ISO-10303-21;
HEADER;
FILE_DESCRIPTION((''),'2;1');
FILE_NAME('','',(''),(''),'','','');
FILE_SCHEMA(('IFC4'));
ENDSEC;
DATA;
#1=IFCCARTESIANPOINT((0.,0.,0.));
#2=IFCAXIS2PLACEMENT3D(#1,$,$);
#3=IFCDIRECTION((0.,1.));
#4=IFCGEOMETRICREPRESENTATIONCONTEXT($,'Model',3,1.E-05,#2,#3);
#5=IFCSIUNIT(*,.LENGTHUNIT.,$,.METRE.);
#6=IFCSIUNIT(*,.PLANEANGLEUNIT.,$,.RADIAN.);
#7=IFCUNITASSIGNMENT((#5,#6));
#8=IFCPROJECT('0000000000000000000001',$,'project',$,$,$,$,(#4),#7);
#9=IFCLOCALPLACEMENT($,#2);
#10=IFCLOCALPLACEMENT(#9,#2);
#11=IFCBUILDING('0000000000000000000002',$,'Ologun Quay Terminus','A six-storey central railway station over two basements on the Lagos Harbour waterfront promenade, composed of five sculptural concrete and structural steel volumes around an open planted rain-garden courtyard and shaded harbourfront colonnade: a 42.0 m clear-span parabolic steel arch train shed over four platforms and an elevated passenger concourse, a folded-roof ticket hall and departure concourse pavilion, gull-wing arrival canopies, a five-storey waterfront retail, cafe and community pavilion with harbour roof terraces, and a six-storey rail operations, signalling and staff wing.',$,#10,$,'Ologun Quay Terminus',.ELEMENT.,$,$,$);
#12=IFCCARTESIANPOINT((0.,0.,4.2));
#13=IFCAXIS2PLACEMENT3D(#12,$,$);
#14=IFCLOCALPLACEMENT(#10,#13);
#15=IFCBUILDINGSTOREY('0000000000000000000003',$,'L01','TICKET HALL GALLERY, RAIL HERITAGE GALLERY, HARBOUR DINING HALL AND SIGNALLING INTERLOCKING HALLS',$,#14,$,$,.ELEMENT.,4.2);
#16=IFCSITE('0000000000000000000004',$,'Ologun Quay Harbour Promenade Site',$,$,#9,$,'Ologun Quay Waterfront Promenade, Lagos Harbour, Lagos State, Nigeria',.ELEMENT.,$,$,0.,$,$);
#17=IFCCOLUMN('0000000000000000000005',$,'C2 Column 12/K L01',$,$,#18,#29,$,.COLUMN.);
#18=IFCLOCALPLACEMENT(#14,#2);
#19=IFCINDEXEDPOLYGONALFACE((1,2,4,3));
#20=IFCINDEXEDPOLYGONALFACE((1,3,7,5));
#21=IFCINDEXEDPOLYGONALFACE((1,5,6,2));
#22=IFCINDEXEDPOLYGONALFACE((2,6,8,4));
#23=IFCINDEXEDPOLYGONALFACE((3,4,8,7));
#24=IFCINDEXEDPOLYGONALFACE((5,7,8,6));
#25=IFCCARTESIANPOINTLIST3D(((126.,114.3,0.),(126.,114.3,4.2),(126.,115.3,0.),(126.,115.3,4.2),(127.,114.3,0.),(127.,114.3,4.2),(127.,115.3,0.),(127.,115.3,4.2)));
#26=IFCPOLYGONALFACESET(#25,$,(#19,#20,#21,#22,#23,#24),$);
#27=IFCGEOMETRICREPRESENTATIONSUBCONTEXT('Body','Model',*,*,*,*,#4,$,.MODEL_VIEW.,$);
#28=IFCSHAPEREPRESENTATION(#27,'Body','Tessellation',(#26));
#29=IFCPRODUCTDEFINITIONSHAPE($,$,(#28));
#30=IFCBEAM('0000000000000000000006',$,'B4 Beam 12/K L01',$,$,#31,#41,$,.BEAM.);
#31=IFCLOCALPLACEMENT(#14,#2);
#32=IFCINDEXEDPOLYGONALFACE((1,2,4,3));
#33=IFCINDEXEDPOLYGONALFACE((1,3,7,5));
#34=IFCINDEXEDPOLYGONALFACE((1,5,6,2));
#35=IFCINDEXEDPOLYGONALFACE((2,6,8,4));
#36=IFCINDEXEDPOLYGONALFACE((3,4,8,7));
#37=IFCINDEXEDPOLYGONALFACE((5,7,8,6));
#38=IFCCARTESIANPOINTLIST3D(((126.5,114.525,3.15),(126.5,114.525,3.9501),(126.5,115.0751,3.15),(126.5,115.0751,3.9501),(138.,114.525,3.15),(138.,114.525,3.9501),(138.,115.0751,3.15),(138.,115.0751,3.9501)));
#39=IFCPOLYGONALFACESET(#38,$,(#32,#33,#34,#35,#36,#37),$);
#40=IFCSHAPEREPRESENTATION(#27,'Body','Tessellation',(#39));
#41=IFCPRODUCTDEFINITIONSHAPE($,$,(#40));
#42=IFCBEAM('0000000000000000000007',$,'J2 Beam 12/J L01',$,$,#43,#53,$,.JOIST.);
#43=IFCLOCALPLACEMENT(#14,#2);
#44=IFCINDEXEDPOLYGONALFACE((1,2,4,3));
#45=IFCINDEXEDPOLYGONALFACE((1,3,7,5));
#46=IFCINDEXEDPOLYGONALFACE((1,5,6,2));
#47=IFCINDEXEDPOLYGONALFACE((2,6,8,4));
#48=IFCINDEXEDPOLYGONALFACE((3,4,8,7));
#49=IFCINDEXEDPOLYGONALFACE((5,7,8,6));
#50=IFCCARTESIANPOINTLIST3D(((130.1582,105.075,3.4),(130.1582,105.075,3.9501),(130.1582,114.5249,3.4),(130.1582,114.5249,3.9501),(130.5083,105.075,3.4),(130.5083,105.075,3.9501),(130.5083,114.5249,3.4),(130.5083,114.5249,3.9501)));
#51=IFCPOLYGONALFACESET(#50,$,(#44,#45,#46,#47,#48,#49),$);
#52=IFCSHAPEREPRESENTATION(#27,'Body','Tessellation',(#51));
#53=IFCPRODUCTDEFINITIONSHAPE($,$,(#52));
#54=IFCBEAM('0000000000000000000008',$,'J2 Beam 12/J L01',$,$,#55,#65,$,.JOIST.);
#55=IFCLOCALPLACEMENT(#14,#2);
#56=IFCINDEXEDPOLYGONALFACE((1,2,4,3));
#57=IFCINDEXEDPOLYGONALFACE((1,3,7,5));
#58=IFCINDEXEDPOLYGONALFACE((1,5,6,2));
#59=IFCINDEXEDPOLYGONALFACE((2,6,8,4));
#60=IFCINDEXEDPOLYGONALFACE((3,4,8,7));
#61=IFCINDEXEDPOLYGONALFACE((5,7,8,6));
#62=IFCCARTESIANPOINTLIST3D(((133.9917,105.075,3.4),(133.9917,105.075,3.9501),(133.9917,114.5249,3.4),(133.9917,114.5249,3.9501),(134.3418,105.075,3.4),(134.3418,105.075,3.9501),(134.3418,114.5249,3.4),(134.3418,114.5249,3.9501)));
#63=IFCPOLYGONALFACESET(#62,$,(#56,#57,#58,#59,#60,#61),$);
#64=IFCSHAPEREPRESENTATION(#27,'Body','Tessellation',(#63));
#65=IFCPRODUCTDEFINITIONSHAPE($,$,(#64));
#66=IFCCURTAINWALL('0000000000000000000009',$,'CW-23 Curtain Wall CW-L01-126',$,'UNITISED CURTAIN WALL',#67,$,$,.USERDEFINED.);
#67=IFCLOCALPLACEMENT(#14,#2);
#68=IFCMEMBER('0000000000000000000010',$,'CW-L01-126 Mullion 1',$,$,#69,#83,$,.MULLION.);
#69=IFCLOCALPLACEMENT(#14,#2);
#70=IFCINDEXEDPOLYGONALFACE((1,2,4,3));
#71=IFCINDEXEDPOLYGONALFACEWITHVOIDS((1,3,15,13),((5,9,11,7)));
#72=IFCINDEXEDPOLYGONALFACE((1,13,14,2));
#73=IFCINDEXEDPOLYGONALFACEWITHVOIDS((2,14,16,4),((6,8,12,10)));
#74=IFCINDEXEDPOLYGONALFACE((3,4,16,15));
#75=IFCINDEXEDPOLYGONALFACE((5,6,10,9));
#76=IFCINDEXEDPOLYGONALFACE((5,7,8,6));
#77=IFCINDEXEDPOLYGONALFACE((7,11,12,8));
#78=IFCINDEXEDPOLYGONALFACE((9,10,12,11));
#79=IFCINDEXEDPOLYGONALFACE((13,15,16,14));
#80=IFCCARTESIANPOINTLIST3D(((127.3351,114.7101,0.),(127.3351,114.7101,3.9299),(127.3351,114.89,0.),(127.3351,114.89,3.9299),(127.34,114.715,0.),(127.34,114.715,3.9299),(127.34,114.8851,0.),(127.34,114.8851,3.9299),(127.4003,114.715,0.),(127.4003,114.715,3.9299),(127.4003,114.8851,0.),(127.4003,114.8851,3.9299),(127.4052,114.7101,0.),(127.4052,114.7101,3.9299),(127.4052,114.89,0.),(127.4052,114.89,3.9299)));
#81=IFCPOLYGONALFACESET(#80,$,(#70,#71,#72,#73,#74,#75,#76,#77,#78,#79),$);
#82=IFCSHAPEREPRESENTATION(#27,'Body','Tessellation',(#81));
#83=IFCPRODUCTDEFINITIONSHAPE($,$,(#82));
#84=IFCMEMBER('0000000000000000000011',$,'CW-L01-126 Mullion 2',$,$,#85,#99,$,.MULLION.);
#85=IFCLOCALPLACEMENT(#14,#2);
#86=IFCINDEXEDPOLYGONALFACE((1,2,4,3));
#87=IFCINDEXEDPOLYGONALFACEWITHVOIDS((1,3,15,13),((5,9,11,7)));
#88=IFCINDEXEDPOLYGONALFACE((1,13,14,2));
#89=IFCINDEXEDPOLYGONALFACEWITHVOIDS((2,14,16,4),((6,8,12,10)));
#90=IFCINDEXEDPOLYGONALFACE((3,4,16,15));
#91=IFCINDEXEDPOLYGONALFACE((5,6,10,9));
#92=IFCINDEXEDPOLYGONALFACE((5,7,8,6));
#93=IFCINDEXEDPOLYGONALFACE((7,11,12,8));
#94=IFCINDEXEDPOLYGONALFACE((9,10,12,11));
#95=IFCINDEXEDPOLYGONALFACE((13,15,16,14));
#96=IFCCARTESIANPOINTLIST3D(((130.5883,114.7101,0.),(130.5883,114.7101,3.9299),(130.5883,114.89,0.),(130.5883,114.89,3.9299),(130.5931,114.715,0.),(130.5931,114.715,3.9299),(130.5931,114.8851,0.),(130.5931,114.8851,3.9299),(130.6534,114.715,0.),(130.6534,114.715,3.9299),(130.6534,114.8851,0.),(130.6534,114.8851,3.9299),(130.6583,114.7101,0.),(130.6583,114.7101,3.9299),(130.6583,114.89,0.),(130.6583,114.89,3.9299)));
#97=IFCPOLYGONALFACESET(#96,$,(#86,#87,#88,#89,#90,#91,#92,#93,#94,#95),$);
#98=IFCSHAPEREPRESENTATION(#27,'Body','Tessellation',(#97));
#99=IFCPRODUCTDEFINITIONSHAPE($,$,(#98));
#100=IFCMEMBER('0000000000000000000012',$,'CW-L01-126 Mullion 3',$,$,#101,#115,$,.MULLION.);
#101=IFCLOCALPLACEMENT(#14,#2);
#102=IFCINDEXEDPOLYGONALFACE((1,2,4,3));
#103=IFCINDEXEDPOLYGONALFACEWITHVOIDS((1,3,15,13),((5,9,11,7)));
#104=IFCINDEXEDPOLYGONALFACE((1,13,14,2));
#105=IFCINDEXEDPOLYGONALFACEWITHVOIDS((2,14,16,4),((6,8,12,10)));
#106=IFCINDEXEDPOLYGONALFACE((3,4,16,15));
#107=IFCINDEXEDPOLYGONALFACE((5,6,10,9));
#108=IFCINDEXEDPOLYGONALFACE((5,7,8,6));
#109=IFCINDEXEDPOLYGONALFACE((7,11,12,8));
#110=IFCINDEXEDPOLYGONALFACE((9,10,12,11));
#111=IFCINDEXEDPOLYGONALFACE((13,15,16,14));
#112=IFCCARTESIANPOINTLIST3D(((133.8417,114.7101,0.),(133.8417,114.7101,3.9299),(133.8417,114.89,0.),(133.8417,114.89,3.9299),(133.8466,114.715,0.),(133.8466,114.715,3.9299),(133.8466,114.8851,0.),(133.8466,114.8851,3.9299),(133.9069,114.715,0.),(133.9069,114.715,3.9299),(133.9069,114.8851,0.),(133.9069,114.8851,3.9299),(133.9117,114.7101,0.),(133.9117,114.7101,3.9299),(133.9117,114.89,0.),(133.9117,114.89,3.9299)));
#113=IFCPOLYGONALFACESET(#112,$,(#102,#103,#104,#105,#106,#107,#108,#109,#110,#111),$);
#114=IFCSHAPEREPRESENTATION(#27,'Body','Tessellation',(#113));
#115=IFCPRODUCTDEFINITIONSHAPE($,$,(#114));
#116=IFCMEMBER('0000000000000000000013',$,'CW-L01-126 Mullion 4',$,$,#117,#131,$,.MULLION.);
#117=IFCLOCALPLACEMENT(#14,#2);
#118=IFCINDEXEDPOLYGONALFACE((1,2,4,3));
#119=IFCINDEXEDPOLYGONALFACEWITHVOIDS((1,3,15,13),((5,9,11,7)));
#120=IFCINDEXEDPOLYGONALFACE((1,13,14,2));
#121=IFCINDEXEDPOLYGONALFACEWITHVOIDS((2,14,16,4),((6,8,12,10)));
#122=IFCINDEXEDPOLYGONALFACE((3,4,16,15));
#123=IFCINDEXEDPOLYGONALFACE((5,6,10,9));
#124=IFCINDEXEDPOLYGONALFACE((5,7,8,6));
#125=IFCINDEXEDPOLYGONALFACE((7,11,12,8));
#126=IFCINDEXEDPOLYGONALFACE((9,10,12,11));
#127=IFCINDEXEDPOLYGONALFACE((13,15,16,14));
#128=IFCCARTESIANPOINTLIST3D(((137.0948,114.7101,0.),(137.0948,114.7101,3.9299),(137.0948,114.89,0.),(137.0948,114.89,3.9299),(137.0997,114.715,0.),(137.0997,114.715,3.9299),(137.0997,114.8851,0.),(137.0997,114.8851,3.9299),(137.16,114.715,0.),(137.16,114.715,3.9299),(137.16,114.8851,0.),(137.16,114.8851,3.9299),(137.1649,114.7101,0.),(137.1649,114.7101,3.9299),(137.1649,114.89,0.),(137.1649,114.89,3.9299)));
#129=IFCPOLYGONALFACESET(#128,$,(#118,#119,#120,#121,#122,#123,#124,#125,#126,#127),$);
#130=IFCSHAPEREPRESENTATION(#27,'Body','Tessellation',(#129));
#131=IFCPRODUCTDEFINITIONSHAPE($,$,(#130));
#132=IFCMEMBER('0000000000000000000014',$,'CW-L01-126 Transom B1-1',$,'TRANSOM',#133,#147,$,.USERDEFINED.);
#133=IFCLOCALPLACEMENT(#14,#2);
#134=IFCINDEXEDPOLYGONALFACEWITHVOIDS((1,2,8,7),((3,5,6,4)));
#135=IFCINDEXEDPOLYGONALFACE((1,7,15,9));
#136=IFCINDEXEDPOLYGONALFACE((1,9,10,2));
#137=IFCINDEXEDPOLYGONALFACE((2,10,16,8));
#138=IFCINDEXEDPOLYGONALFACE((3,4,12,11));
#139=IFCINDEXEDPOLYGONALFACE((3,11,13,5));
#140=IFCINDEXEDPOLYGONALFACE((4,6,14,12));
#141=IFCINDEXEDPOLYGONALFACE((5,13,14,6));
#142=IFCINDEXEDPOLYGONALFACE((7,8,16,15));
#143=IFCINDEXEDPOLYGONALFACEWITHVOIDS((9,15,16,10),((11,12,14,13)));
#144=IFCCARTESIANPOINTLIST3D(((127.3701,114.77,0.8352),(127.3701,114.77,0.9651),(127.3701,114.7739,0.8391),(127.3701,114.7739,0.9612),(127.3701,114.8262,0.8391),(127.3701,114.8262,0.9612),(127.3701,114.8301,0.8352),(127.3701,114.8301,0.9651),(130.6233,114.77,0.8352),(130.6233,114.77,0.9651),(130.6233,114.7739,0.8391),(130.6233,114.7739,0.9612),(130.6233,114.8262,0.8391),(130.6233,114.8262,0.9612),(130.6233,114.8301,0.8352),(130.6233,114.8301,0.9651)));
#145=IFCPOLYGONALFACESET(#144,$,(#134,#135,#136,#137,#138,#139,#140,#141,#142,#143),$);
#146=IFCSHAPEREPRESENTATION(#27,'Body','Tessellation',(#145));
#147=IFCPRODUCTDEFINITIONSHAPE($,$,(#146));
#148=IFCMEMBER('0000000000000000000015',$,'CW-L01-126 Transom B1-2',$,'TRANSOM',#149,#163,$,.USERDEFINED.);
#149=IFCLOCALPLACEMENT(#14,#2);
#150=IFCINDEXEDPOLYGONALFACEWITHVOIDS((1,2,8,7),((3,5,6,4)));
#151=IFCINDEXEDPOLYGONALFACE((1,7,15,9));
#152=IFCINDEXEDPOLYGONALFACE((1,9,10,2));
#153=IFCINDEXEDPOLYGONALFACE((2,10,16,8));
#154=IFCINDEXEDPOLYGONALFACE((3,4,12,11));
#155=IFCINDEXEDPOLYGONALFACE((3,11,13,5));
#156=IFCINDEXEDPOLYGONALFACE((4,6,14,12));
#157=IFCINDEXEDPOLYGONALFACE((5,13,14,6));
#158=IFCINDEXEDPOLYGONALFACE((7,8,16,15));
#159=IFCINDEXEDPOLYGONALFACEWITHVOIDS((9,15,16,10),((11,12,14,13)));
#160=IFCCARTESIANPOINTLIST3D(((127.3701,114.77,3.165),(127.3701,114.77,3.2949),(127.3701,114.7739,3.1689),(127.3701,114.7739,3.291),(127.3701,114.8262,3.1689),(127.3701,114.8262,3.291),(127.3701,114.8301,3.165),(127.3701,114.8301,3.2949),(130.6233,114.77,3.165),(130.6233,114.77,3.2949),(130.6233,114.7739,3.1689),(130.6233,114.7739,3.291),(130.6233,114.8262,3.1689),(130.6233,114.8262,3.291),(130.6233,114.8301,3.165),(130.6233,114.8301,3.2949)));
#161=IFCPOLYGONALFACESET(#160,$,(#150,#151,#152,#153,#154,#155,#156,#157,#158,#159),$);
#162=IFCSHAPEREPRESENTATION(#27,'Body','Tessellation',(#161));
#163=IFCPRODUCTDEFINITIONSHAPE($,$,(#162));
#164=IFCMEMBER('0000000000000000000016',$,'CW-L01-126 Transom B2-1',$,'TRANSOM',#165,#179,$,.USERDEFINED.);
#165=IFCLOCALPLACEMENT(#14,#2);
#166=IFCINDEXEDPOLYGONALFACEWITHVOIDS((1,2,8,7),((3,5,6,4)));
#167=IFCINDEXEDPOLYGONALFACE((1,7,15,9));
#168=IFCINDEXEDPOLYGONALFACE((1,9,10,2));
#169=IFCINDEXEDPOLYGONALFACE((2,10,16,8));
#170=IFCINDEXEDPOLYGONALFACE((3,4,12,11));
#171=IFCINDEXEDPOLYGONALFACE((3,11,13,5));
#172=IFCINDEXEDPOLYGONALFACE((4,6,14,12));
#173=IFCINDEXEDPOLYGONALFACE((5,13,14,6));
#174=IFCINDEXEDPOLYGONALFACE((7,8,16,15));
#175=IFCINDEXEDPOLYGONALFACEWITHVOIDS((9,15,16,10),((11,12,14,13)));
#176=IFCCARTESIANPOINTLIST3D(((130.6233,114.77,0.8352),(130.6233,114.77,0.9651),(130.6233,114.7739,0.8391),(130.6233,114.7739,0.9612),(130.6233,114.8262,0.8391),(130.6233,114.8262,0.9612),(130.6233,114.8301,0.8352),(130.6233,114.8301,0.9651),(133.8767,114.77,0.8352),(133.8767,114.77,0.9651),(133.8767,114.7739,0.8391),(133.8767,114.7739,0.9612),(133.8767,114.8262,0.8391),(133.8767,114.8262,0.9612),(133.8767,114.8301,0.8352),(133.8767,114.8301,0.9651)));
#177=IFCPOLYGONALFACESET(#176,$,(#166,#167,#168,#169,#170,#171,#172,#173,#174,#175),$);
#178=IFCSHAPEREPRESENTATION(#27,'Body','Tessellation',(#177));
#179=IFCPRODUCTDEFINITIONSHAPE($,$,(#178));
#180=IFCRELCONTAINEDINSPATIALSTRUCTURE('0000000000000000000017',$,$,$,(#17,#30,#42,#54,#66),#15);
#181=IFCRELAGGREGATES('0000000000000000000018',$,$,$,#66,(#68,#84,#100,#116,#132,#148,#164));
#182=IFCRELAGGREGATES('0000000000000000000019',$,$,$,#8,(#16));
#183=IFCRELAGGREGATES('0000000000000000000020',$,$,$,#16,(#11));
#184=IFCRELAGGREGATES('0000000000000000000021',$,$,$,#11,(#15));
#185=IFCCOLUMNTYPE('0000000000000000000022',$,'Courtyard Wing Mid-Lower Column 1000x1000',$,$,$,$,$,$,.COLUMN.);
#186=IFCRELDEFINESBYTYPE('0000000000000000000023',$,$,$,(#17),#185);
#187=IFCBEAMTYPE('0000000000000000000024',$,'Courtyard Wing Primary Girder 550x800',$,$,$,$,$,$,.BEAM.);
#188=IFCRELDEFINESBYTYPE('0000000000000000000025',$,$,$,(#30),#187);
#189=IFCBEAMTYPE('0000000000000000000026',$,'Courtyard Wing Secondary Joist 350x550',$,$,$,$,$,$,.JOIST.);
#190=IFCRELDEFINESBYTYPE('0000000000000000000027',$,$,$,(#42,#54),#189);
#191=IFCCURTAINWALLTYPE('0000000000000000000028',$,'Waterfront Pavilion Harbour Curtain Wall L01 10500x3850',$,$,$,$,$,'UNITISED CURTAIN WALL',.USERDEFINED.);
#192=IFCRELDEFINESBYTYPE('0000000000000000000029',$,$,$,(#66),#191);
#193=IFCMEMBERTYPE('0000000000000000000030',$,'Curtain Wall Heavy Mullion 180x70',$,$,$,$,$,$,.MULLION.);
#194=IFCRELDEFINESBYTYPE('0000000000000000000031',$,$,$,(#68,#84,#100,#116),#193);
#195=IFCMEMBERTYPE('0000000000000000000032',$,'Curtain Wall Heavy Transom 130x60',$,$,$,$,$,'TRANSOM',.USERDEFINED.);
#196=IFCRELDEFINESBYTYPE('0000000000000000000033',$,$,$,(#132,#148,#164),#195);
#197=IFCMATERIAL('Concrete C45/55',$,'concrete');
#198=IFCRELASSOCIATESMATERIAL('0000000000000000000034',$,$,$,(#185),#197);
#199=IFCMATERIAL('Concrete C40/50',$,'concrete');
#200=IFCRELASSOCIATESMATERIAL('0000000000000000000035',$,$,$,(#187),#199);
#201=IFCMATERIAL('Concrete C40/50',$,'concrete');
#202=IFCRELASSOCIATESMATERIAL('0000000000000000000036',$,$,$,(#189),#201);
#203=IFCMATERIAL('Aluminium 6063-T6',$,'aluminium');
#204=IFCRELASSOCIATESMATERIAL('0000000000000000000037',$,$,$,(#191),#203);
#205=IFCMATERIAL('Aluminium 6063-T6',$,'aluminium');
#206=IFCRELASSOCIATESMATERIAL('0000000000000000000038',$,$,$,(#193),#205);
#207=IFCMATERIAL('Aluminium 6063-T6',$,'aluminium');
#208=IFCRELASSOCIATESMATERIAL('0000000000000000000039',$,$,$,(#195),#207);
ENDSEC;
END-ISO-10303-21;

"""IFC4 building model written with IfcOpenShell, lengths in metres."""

from ifc_helpers import new_model, si_unit, direction, frame, origin, origin_2d, place, context, subcontext, project, spatial, rectangle, hollow_rectangle, extrude, material, material_profile, profile_set, type_object, element, aggregate, save


model = new_model("IFC4")

# Units and contexts
model_context = context("Model", 3, precision=1e-05, world=origin(), true_north=direction((0.0, 1.0)))
body_context = subcontext(model_context, "Body", "Model", "MODEL_VIEW")
ifc_project = project(units=[si_unit("LENGTHUNIT", "METRE"), si_unit("PLANEANGLEUNIT", "RADIAN")], contexts=[model_context])

# Site, building, storey
site_placement = place(None, origin())
site = spatial("IfcSite", under=ifc_project, at=site_placement, Name="Ologun Quay Harbour Promenade Site", LongName="Ologun Quay Waterfront Promenade, Lagos Harbour, Lagos State, Nigeria", CompositionType="ELEMENT", RefElevation=0.0)
building_placement = place(site_placement, origin())
building = spatial("IfcBuilding", under=site, at=building_placement, Name="Ologun Quay Terminus", Description="A six-storey central railway station over two basements on the Lagos Harbour waterfront promenade, composed of five sculptural concrete and structural steel volumes around an open planted rain-garden courtyard and shaded harbourfront colonnade: a 42.0 m clear-span parabolic steel arch train shed over four platforms and an elevated passenger concourse, a folded-roof ticket hall and departure concourse pavilion, gull-wing arrival canopies, a five-storey waterfront retail, cafe and community pavilion with harbour roof terraces, and a six-storey rail operations, signalling and staff wing.", LongName="Ologun Quay Terminus", CompositionType="ELEMENT")
storey_placement = place(building_placement, frame((0.0, 0.0, 4.2)))
storey = spatial("IfcBuildingStorey", under=building, at=storey_placement, Name="L01", Description="TICKET HALL GALLERY, RAIL HERITAGE GALLERY, HARBOUR DINING HALL AND SIGNALLING INTERLOCKING HALLS", CompositionType="ELEMENT", Elevation=4.2)

# Column
ifc_material_1 = material(Name="Concrete C45/55", Category="concrete")
ifc_material_profile_1 = material_profile(ifc_material_1, rectangle(XDim=1.0, YDim=1.0, at=origin_2d()), Name="RC 1000x1000")
ifc_profile_set_1 = profile_set([ifc_material_profile_1], Name="Concrete C45/55")
column_type = type_object("IfcColumnType", Name="Courtyard Wing Mid-Lower Column 1000x1000", PredefinedType="COLUMN", material=ifc_profile_set_1)
column_placement = place(storey_placement, frame((126.5, 114.8, 0.0), z_axis=(0.0, 0.0, 1.0), x_axis=(1.0, 0.0, 0.0)))
element("IfcColumn", 1, at=column_placement, inside=storey, type_object=column_type, Name="C2 Column 12/K L01", PredefinedType="COLUMN", context=body_context, shape_type="SweptSolid", body=[
    extrude(rectangle(XDim=1.0, YDim=1.0, at=origin_2d()), origin(), (0.0, 0.0, 1.0), 4.2),
])

# Beams
ifc_material_2 = material(Name="Concrete C40/50", Category="concrete")
ifc_material_profile_2 = material_profile(ifc_material_2, rectangle(XDim=0.55, YDim=0.8, at=origin_2d()), Name="RC 550x800")
ifc_profile_set_2 = profile_set([ifc_material_profile_2], Name="Concrete C40/50")
beam_type_1 = type_object("IfcBeamType", Name="Courtyard Wing Primary Girder 550x800", PredefinedType="BEAM", material=ifc_profile_set_2)
beam_placement = place(storey_placement, frame((126.5, 114.8, 3.55), z_axis=(1.0, 0.0, 0.0), x_axis=(0.0, 1.0, 0.0)))
element("IfcBeam", 2, at=beam_placement, inside=storey, type_object=beam_type_1, Name="B4 Beam 12/K L01", PredefinedType="BEAM", context=body_context, shape_type="SweptSolid", body=[
    extrude(rectangle(XDim=0.55, YDim=0.8, at=origin_2d()), origin(), (0.0, 0.0, 1.0), 11.5),
])
ifc_material_3 = material(Name="Concrete C40/50", Category="concrete")
ifc_material_profile_3 = material_profile(ifc_material_3, rectangle(XDim=0.3501, YDim=0.55, at=origin_2d()), Name="RC 350x550")
ifc_profile_set_3 = profile_set([ifc_material_profile_3], Name="Concrete C40/50")
beam_type_2 = type_object("IfcBeamType", Name="Courtyard Wing Secondary Joist 350x550", PredefinedType="JOIST", material=ifc_profile_set_3)
for number, where, z_axis, x_axis, name in (
    (3, (130.3333, 105.075, 3.675), (0.0, 1.0, 0.0), (-1.0, 0.0, 0.0), "J2 Beam 12/J L01"),
    (4, (134.1667, 105.075, 3.675), (0.0, 1.0, 0.0), (-1.0, 0.0, 0.0), "J2 Beam 12/J L01"),
):
    element("IfcBeam", number, at=place(storey_placement, frame(where, z_axis=z_axis, x_axis=x_axis)), inside=storey, type_object=beam_type_2, Name=name, PredefinedType="JOIST", context=body_context, shape_type="SweptSolid", body=[
        extrude(rectangle(XDim=0.3501, YDim=0.55, at=origin_2d()), origin(), (0.0, 0.0, 1.0), 9.45),
    ])

# Curtain wall, members
ifc_material_4 = material(Name="Aluminium 6063-T6", Category="aluminium")
curtain_wall_type = type_object("IfcCurtainWallType", Name="Waterfront Pavilion Harbour Curtain Wall L01 10500x3850", ElementType="UNITISED CURTAIN WALL", PredefinedType="USERDEFINED", material=ifc_material_4)
curtain_wall_placement = place(storey_placement, origin())
curtain_wall = element("IfcCurtainWall", 5, at=curtain_wall_placement, inside=storey, type_object=curtain_wall_type, Name="CW-23 Curtain Wall CW-L01-126", ObjectType="UNITISED CURTAIN WALL", PredefinedType="USERDEFINED")
ifc_material_5 = material(Name="Aluminium 6063-T6", Category="aluminium")
ifc_material_profile_4 = material_profile(ifc_material_5, hollow_rectangle(XDim=0.0701, YDim=0.1799, WallThickness=0.0049, at=origin_2d()), Name="ALU 180x70x5")
ifc_profile_set_4 = profile_set([ifc_material_profile_4], Name="Aluminium 6063-T6")
member_type_1 = type_object("IfcMemberType", Name="Curtain Wall Heavy Mullion 180x70", PredefinedType="MULLION", material=ifc_profile_set_4)
member_1_placement = place(storey_placement, frame((127.3701, 114.8, 0.0), z_axis=(0.0, 0.0, 1.0), x_axis=(1.0, 0.0, 0.0)))
member_1 = element("IfcMember", 6, at=member_1_placement, type_object=member_type_1, Name="CW-L01-126 Mullion 1", PredefinedType="MULLION", context=body_context, shape_type="SweptSolid", body=[
    extrude(hollow_rectangle(XDim=0.0701, YDim=0.1799, WallThickness=0.0049, at=origin_2d()), origin(), (0.0, 0.0, 1.0), 3.9299),
])
member_2_placement = place(storey_placement, frame((130.6233, 114.8, 0.0), z_axis=(0.0, 0.0, 1.0), x_axis=(1.0, 0.0, 0.0)))
member_2 = element("IfcMember", 7, at=member_2_placement, type_object=member_type_1, Name="CW-L01-126 Mullion 2", PredefinedType="MULLION", context=body_context, shape_type="SweptSolid", body=[
    extrude(hollow_rectangle(XDim=0.0701, YDim=0.1799, WallThickness=0.0049, at=origin_2d()), origin(), (0.0, 0.0, 1.0), 3.9299),
])
member_3_placement = place(storey_placement, frame((133.8767, 114.8, 0.0), z_axis=(0.0, 0.0, 1.0), x_axis=(1.0, 0.0, 0.0)))
member_3 = element("IfcMember", 8, at=member_3_placement, type_object=member_type_1, Name="CW-L01-126 Mullion 3", PredefinedType="MULLION", context=body_context, shape_type="SweptSolid", body=[
    extrude(hollow_rectangle(XDim=0.0701, YDim=0.1799, WallThickness=0.0049, at=origin_2d()), origin(), (0.0, 0.0, 1.0), 3.9299),
])
member_4_placement = place(storey_placement, frame((137.1299, 114.8, 0.0), z_axis=(0.0, 0.0, 1.0), x_axis=(1.0, 0.0, 0.0)))
member_4 = element("IfcMember", 9, at=member_4_placement, type_object=member_type_1, Name="CW-L01-126 Mullion 4", PredefinedType="MULLION", context=body_context, shape_type="SweptSolid", body=[
    extrude(hollow_rectangle(XDim=0.0701, YDim=0.1799, WallThickness=0.0049, at=origin_2d()), origin(), (0.0, 0.0, 1.0), 3.9299),
])
ifc_material_6 = material(Name="Aluminium 6063-T6", Category="aluminium")
ifc_material_profile_5 = material_profile(ifc_material_6, hollow_rectangle(XDim=0.0601, YDim=0.1299, WallThickness=0.0039, at=origin_2d()), Name="ALU 130x60x4")
ifc_profile_set_5 = profile_set([ifc_material_profile_5], Name="Aluminium 6063-T6")
member_type_2 = type_object("IfcMemberType", Name="Curtain Wall Heavy Transom 130x60", ElementType="TRANSOM", PredefinedType="USERDEFINED", material=ifc_profile_set_5)
member_5_placement = place(storey_placement, frame((127.3701, 114.8, 0.9001), z_axis=(1.0, 0.0, 0.0), x_axis=(0.0, 1.0, 0.0)))
member_5 = element("IfcMember", 10, at=member_5_placement, type_object=member_type_2, Name="CW-L01-126 Transom B1-1", ObjectType="TRANSOM", PredefinedType="USERDEFINED", context=body_context, shape_type="SweptSolid", body=[
    extrude(hollow_rectangle(XDim=0.0601, YDim=0.1299, WallThickness=0.0039, at=origin_2d()), origin(), (0.0, 0.0, 1.0), 3.2532),
])
member_6_placement = place(storey_placement, frame((127.3701, 114.8, 3.23), z_axis=(1.0, 0.0, 0.0), x_axis=(0.0, 1.0, 0.0)))
member_6 = element("IfcMember", 11, at=member_6_placement, type_object=member_type_2, Name="CW-L01-126 Transom B1-2", ObjectType="TRANSOM", PredefinedType="USERDEFINED", context=body_context, shape_type="SweptSolid", body=[
    extrude(hollow_rectangle(XDim=0.0601, YDim=0.1299, WallThickness=0.0039, at=origin_2d()), origin(), (0.0, 0.0, 1.0), 3.2532),
])
member_7_placement = place(storey_placement, frame((130.6233, 114.8, 0.9001), z_axis=(1.0, 0.0, 0.0), x_axis=(0.0, 1.0, 0.0)))
member_7 = element("IfcMember", 12, at=member_7_placement, type_object=member_type_2, Name="CW-L01-126 Transom B2-1", ObjectType="TRANSOM", PredefinedType="USERDEFINED", context=body_context, shape_type="SweptSolid", body=[
    extrude(hollow_rectangle(XDim=0.0601, YDim=0.1299, WallThickness=0.0039, at=origin_2d()), origin(), (0.0, 0.0, 1.0), 3.2534),
])

aggregate(curtain_wall, [member_1, member_2, member_3, member_4, member_5, member_6, member_7])

save(model, "model.ifc")
